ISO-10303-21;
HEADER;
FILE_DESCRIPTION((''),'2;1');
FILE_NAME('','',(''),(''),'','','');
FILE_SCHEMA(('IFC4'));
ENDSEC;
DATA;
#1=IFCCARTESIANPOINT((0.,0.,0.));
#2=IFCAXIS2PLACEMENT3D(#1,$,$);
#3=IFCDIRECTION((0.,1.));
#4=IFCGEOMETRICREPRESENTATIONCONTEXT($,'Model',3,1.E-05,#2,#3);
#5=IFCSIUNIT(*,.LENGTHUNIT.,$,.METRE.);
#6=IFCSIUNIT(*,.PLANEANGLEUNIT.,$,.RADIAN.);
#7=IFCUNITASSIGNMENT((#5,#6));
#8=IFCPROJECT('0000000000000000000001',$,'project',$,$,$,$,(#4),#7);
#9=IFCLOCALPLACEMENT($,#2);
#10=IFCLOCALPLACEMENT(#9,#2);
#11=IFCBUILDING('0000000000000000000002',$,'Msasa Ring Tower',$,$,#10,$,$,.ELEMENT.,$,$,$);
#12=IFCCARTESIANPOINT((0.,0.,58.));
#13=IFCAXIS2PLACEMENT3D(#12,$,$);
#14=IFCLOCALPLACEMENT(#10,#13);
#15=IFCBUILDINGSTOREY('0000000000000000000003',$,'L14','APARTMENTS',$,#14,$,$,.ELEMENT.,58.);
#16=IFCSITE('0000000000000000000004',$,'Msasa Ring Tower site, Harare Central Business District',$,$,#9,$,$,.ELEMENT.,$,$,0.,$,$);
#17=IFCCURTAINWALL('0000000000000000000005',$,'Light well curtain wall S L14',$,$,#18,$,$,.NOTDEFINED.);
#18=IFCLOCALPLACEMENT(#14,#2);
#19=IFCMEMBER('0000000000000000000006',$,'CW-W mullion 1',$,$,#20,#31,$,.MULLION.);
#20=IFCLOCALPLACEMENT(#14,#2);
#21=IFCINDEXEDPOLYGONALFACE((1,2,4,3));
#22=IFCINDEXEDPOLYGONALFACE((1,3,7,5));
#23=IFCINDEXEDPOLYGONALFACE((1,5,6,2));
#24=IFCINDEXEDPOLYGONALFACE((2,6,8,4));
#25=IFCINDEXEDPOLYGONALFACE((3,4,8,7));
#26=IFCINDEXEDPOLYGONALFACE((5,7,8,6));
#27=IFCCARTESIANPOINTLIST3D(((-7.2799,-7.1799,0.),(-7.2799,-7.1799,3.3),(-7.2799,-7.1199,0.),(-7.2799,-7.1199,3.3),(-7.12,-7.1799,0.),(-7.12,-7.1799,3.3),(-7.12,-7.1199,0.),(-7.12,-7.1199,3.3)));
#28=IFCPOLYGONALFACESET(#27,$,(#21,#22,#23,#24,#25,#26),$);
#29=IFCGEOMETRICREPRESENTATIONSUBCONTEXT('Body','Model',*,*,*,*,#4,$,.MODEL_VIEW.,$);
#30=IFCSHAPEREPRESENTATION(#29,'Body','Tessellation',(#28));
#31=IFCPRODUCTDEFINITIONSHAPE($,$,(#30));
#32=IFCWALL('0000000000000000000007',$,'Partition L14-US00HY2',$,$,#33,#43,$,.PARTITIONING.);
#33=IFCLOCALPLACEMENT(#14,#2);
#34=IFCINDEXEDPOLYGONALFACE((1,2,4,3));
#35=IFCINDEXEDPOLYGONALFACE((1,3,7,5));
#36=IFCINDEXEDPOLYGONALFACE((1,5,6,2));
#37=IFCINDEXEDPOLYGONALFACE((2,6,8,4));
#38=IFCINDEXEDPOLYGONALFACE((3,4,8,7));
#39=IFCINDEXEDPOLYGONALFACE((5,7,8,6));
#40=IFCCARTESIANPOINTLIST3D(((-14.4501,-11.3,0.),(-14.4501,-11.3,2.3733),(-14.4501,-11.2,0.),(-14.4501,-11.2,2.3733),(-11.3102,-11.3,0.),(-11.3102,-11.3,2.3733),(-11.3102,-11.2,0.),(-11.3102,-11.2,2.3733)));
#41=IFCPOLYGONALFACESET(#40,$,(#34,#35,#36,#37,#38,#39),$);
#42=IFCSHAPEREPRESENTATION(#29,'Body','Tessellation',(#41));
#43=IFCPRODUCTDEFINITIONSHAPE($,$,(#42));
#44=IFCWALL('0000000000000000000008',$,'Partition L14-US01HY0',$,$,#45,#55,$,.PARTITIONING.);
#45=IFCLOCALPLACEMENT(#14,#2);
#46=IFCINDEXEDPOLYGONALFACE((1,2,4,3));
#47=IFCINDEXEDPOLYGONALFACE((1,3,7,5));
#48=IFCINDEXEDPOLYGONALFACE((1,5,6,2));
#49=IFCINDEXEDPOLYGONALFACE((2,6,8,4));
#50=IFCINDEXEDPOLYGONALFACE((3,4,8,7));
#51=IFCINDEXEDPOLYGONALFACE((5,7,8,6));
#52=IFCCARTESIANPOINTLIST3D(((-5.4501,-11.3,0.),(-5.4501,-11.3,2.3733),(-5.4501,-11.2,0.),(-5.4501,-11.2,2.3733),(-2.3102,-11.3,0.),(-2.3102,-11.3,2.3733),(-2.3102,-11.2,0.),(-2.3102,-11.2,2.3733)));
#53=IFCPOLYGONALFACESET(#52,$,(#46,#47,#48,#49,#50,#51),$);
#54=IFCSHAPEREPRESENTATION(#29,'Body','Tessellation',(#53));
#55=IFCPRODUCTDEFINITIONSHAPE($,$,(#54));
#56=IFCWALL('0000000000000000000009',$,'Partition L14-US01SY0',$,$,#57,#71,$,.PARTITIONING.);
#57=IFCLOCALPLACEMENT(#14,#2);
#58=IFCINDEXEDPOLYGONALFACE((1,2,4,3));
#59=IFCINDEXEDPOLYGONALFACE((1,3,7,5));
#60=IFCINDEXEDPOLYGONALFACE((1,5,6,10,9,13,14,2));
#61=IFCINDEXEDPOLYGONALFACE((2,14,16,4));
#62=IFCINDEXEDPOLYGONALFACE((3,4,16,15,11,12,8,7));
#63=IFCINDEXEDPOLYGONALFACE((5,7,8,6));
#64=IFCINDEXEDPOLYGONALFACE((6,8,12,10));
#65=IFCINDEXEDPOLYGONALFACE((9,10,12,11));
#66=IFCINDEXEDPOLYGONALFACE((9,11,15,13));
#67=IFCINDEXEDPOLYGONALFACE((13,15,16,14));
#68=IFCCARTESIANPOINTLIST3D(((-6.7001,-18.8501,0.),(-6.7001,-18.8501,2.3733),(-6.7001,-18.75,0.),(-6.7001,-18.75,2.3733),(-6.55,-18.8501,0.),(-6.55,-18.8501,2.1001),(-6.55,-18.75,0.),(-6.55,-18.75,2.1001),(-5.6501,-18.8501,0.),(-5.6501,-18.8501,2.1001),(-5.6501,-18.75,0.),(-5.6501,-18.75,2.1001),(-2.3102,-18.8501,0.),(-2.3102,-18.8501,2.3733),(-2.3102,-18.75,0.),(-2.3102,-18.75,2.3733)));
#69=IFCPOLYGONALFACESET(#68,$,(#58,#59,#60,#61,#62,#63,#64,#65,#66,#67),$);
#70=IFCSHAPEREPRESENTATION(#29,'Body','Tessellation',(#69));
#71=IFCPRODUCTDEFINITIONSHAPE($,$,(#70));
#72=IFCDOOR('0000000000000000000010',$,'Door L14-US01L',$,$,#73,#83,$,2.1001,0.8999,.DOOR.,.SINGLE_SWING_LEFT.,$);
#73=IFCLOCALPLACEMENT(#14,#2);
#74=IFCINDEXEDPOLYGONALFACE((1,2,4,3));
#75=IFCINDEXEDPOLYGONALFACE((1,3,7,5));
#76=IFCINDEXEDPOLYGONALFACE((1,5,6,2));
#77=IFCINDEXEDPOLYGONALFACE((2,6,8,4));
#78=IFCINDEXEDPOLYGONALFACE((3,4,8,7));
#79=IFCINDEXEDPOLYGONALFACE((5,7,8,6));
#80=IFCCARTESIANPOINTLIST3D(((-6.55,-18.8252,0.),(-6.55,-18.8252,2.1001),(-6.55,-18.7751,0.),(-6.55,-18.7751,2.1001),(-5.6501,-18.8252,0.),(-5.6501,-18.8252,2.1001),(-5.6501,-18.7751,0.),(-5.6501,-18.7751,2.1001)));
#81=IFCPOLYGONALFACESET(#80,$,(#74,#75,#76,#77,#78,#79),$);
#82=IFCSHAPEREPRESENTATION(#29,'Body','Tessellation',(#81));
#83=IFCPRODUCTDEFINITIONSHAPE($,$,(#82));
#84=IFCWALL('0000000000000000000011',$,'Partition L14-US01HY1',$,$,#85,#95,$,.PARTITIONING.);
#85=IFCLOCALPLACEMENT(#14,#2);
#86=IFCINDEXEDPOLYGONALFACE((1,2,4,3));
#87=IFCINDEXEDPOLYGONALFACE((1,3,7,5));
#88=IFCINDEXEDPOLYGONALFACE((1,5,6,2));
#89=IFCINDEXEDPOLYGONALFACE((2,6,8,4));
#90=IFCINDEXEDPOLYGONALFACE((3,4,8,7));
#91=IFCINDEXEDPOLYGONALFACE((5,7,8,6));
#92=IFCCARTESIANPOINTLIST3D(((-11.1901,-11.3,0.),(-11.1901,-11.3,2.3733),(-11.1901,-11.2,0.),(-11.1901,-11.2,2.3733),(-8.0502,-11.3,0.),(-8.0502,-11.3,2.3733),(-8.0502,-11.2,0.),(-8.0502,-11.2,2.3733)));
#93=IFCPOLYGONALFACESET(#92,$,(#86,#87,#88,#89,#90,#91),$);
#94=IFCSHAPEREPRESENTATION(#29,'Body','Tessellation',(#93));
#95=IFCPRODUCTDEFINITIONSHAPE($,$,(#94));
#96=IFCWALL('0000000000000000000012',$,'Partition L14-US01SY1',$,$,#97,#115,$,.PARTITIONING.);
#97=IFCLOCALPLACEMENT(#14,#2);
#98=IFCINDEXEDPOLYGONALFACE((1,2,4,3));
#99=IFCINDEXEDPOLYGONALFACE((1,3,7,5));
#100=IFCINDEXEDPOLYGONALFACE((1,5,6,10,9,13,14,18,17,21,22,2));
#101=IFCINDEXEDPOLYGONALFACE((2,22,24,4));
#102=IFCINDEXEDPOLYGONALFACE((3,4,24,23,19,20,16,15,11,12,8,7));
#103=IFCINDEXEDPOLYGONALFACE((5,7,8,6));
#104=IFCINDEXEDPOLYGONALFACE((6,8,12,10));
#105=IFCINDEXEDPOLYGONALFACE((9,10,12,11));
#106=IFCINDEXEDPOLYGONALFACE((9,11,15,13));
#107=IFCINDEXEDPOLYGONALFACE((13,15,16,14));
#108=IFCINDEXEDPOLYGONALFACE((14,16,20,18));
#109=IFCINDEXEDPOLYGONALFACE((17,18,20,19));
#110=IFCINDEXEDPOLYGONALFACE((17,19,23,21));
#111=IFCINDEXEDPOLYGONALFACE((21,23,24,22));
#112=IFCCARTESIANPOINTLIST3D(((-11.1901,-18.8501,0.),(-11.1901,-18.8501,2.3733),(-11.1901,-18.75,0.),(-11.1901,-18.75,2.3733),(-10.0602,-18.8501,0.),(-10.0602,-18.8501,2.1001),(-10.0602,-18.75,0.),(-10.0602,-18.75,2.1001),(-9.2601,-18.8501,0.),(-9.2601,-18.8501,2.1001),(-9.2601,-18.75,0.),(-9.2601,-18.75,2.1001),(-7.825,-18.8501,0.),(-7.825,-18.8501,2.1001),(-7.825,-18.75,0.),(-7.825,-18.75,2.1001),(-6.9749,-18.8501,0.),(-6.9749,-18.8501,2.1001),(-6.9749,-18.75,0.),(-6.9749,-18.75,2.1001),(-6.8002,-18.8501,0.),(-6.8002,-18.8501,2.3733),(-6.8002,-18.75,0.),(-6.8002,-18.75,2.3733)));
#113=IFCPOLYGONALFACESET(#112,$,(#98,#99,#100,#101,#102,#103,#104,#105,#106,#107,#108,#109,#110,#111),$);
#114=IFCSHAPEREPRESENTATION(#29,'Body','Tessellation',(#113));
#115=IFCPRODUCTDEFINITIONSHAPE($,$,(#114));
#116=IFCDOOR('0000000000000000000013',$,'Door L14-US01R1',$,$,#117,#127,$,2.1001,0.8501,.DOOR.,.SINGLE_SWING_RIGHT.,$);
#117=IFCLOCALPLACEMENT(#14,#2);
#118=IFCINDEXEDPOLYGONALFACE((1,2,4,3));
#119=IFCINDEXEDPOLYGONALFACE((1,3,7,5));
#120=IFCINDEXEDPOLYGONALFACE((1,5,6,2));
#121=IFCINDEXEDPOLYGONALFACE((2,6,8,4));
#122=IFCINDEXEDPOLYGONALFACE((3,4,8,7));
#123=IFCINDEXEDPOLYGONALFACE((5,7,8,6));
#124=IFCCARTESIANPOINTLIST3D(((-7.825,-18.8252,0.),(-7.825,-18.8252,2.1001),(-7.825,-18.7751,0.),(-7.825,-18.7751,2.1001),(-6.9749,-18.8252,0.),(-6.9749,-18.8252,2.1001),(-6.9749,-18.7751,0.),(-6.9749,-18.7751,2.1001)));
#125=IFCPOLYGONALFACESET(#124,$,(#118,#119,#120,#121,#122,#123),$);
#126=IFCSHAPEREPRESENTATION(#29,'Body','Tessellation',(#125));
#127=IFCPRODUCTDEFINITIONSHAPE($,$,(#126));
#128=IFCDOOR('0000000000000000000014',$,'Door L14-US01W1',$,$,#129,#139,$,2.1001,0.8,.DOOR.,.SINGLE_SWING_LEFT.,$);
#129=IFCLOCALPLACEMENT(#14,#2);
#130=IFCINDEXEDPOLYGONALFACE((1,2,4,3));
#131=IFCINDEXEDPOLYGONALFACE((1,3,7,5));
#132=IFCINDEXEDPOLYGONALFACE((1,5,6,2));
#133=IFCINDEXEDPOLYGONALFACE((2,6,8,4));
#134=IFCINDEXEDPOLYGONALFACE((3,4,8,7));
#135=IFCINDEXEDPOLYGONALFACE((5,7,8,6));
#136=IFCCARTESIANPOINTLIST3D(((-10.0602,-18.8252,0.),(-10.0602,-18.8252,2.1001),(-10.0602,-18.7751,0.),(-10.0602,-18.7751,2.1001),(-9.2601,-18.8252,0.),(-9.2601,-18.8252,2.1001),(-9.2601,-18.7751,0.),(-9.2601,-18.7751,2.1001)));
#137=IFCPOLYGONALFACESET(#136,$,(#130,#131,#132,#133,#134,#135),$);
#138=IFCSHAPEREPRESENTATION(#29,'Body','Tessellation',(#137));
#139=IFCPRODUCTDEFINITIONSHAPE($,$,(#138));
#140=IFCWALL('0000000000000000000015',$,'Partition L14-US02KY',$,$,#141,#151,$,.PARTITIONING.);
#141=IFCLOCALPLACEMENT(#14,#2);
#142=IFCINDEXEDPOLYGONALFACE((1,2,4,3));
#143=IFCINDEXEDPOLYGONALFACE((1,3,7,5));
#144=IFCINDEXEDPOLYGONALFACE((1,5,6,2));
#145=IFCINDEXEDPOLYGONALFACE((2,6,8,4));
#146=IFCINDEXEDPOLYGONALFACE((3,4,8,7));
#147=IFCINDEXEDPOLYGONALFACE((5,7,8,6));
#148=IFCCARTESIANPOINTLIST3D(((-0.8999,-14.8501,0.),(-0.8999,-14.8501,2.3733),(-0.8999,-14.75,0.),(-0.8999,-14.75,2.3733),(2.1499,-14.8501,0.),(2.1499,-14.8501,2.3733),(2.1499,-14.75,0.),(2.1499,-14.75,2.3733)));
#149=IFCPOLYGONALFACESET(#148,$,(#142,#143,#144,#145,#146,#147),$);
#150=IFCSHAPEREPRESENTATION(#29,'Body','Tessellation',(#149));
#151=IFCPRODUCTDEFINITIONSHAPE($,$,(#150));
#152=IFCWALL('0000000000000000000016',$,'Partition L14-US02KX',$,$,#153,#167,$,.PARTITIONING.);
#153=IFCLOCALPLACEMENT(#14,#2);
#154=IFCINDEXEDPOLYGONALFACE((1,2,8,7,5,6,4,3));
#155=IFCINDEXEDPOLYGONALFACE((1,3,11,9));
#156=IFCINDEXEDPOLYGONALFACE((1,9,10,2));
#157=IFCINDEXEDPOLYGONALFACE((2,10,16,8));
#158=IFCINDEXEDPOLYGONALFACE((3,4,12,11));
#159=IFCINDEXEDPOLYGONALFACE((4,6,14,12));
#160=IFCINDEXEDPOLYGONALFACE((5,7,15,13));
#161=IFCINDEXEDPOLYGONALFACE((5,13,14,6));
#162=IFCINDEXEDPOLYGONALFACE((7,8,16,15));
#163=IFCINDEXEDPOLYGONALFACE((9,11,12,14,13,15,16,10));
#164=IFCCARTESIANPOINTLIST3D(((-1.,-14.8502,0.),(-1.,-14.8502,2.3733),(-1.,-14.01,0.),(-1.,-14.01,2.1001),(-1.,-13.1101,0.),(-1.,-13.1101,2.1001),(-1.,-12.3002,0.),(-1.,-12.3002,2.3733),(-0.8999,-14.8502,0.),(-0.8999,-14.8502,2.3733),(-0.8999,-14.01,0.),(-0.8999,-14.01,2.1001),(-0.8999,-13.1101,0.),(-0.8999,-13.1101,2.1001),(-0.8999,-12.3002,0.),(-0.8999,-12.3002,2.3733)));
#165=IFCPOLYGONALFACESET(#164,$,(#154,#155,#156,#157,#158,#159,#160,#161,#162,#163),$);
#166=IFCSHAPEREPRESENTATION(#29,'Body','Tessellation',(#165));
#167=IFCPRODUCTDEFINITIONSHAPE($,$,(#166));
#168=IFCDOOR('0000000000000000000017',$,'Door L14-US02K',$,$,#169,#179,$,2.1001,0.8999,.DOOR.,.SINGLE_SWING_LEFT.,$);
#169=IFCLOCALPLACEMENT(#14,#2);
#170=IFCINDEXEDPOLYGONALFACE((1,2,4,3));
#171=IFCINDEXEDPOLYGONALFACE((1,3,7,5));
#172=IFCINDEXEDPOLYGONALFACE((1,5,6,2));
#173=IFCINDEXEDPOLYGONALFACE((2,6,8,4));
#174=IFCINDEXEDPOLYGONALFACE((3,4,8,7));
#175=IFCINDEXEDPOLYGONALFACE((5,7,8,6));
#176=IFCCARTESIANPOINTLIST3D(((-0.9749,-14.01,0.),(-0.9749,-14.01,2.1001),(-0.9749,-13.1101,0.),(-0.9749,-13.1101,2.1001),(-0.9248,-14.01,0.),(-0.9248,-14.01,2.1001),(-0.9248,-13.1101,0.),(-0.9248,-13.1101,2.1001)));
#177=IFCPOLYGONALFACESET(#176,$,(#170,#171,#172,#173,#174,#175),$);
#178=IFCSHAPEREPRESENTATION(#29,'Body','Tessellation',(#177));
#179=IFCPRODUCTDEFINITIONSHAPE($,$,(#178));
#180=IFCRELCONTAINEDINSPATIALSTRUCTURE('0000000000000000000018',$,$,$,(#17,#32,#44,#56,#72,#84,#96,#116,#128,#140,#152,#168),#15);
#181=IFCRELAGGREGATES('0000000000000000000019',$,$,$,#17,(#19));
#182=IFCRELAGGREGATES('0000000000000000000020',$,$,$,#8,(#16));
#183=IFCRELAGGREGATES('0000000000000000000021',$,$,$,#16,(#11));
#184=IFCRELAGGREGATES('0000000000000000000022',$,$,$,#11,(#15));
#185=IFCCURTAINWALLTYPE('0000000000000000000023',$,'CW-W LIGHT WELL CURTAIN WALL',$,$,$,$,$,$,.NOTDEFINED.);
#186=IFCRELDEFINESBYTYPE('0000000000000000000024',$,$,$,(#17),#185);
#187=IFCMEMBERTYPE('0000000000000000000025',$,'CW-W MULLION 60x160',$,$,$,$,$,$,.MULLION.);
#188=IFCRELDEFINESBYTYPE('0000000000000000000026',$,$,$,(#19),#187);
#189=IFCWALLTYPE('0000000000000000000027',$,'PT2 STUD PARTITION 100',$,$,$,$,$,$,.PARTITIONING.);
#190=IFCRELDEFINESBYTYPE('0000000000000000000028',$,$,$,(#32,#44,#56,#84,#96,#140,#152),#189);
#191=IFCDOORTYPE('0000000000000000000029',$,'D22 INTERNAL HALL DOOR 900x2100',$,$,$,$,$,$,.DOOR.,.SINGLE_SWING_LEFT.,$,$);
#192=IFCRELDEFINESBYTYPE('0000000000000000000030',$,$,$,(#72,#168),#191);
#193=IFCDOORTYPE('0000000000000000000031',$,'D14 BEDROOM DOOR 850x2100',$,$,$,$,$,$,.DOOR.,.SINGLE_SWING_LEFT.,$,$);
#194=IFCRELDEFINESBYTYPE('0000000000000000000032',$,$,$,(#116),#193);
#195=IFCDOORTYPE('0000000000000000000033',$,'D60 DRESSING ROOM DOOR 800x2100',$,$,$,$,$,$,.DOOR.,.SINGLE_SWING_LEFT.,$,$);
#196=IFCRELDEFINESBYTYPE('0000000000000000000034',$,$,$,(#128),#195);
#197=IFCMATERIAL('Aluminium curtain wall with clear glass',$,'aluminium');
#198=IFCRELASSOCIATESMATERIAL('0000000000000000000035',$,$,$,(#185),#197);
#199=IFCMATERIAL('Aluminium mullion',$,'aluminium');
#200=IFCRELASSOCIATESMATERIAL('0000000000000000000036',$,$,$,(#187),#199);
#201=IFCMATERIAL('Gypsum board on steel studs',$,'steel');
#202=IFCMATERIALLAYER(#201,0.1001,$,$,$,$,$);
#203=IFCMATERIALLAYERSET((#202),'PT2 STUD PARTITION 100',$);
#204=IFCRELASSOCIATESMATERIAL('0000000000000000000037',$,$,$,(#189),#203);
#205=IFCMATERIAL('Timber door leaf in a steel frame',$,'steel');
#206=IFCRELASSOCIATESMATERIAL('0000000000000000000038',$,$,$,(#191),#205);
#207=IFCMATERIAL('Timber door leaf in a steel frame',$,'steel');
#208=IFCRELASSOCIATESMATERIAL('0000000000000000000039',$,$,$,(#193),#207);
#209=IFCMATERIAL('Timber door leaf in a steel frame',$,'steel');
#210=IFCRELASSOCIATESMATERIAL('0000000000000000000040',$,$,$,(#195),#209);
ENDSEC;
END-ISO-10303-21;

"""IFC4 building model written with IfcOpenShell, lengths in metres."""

from ifc_helpers import new_model, si_unit, direction, frame, frame_2d, origin, origin_2d, place, context, subcontext, project, spatial, rectangle, extrude, material, layer, layer_set, material_profile, profile_set, type_object, element, fill, aggregate, save


model = new_model("IFC4")

# Units and contexts
model_context = context("Model", 3, precision=1e-05, world=origin(), true_north=direction((0.0, 1.0)))
body_context = subcontext(model_context, "Body", "Model", "MODEL_VIEW")
ifc_project = project(units=[si_unit("LENGTHUNIT", "METRE"), si_unit("PLANEANGLEUNIT", "RADIAN")], contexts=[model_context])

# Site, building, storey
site_placement = place(None, origin())
site = spatial("IfcSite", under=ifc_project, at=site_placement, Name="Msasa Ring Tower site, Harare Central Business District", CompositionType="ELEMENT", RefElevation=0.0)
building_placement = place(site_placement, origin())
building = spatial("IfcBuilding", under=site, at=building_placement, Name="Msasa Ring Tower", CompositionType="ELEMENT")
storey_placement = place(building_placement, frame((0.0, 0.0, 58.0)))
storey = spatial("IfcBuildingStorey", under=building, at=storey_placement, Name="L14", Description="APARTMENTS", CompositionType="ELEMENT", Elevation=58.0)

# Curtain wall, member
ifc_material_1 = material(Name="Aluminium curtain wall with clear glass", Category="aluminium")
curtain_wall_type = type_object("IfcCurtainWallType", Name="CW-W LIGHT WELL CURTAIN WALL", PredefinedType="NOTDEFINED", material=ifc_material_1)
curtain_wall_placement = place(storey_placement, origin())
curtain_wall = element("IfcCurtainWall", 1, at=curtain_wall_placement, inside=storey, type_object=curtain_wall_type, Name="Light well curtain wall S L14", PredefinedType="NOTDEFINED")
ifc_material_2 = material(Name="Aluminium mullion", Category="aluminium")
ifc_material_profile = material_profile(ifc_material_2, rectangle(XDim=0.0601, YDim=0.1599, at=origin_2d()), Name="AL 60x160")
ifc_profile_set = profile_set([ifc_material_profile], Name="Aluminium mullion")
member_type = type_object("IfcMemberType", Name="CW-W MULLION 60x160", PredefinedType="MULLION", material=ifc_profile_set)
member_placement = place(storey_placement, frame((-7.2, -7.1499, 0.0), z_axis=(0.0, 0.0, 1.0), x_axis=(0.0, 1.0, 0.0)))
member = element("IfcMember", 2, at=member_placement, type_object=member_type, Name="CW-W mullion 1", PredefinedType="MULLION", context=body_context, shape_type="SweptSolid", body=[
    extrude(rectangle(XDim=0.0601, YDim=0.1599, at=origin_2d()), origin(), (0.0, 0.0, 1.0), 3.3),
])
aggregate(curtain_wall, [member])

# Walls
ifc_material_3 = material(Name="Gypsum board on steel studs", Category="steel")
ifc_layer_1 = layer(ifc_material_3, 0.1001)
ifc_layer_set_1 = layer_set([ifc_layer_1], Name="PT2 STUD PARTITION 100")
wall_type_1 = type_object("IfcWallType", Name="PT2 STUD PARTITION 100", PredefinedType="PARTITIONING", material=ifc_layer_set_1)
for number, where, z_axis, x_axis, name in (
    (3, (-14.45, -11.25, 0.0), (0.0, 0.0, 1.0), (1.0, 0.0, 0.0), "Partition L14-US00HY2"),
    (4, (-5.45, -11.25, 0.0), (0.0, 0.0, 1.0), (1.0, 0.0, 0.0), "Partition L14-US01HY0"),
):
    element("IfcWall", number, at=place(storey_placement, frame(where, z_axis=z_axis, x_axis=x_axis)), inside=storey, type_object=wall_type_1, Name=name, PredefinedType="PARTITIONING", context=body_context, shape_type="SweptSolid", body=[
        extrude(rectangle(XDim=3.1399, YDim=0.1001, at=frame_2d((1.5698, 0.0))), origin(), (0.0, 0.0, 1.0), 2.3733),
    ])

# Wall, opening, door
wall_1_placement = place(storey_placement, frame((-6.7, -18.8, 0.0), z_axis=(0.0, 0.0, 1.0), x_axis=(1.0, 0.0, 0.0)))
wall_1 = element("IfcWall", 5, at=wall_1_placement, inside=storey, type_object=wall_type_1, Name="Partition L14-US01SY0", PredefinedType="PARTITIONING", context=body_context, shape_type="SweptSolid", body=[
    extrude(rectangle(XDim=4.3899, YDim=0.1001, at=frame_2d((2.1948, 0.0))), origin(), (0.0, 0.0, 1.0), 2.3733),
])
opening_1_placement = place(wall_1_placement, frame((0.1499, 0.0, 0.0)))
opening_1 = element("IfcOpeningElement", 6, at=opening_1_placement, cuts=wall_1, PredefinedType="OPENING", context=body_context, shape_type="SweptSolid", body=[
    extrude(rectangle(XDim=0.8999, YDim=2.1001, at=frame_2d((0.45, 1.05))), frame((0.0, 0.0601, 0.0), z_axis=(0.0, -1.0, 0.0), x_axis=(1.0, 0.0, 0.0)), (0.0, 0.0, 1.0), 0.1201),
])
ifc_material_4 = material(Name="Timber door leaf in a steel frame", Category="steel")
door_type_1 = type_object("IfcDoorType", Name="D22 INTERNAL HALL DOOR 900x2100", OperationType="SINGLE_SWING_LEFT", PredefinedType="DOOR", material=ifc_material_4)
door_1_placement = place(opening_1_placement, origin())
door_1 = element("IfcDoor", 7, at=door_1_placement, inside=storey, type_object=door_type_1, Name="Door L14-US01L", OperationType="SINGLE_SWING_LEFT", OverallHeight=2.1001, OverallWidth=0.8999, PredefinedType="DOOR", context=body_context, shape_type="SweptSolid", body=[
    extrude(rectangle(XDim=0.8999, YDim=2.1001, at=frame_2d((0.45, 1.05))), frame((0.0, 0.0249, 0.0), z_axis=(0.0, -1.0, 0.0), x_axis=(1.0, 0.0, 0.0)), (0.0, 0.0, 1.0), 0.05),
])
fill(opening_1, door_1)

# Wall
wall_2_placement = place(storey_placement, frame((-11.1899, -11.25, 0.0), z_axis=(0.0, 0.0, 1.0), x_axis=(1.0, 0.0, 0.0)))
element("IfcWall", 8, at=wall_2_placement, inside=storey, type_object=wall_type_1, Name="Partition L14-US01HY1", PredefinedType="PARTITIONING", context=body_context, shape_type="SweptSolid", body=[
    extrude(rectangle(XDim=3.1399, YDim=0.1001, at=frame_2d((1.5698, 0.0))), origin(), (0.0, 0.0, 1.0), 2.3733),
])

# Wall, openings, doors
wall_3_placement = place(storey_placement, frame((-11.1899, -18.8, 0.0), z_axis=(0.0, 0.0, 1.0), x_axis=(1.0, 0.0, 0.0)))
wall_3 = element("IfcWall", 9, at=wall_3_placement, inside=storey, type_object=wall_type_1, Name="Partition L14-US01SY1", PredefinedType="PARTITIONING", context=body_context, shape_type="SweptSolid", body=[
    extrude(rectangle(XDim=4.3899, YDim=0.1001, at=frame_2d((2.1948, 0.0))), origin(), (0.0, 0.0, 1.0), 2.3733),
])
opening_2_placement = place(wall_3_placement, frame((3.365, 0.0, 0.0)))
opening_2 = element("IfcOpeningElement", 10, at=opening_2_placement, cuts=wall_3, PredefinedType="OPENING", context=body_context, shape_type="SweptSolid", body=[
    extrude(rectangle(XDim=0.8501, YDim=2.1001, at=frame_2d((0.425, 1.05))), frame((0.0, 0.0601, 0.0), z_axis=(0.0, -1.0, 0.0), x_axis=(1.0, 0.0, 0.0)), (0.0, 0.0, 1.0), 0.1201),
])
opening_3_placement = place(wall_3_placement, frame((1.1299, 0.0, 0.0)))
opening_3 = element("IfcOpeningElement", 11, at=opening_3_placement, cuts=wall_3, PredefinedType="OPENING", context=body_context, shape_type="SweptSolid", body=[
    extrude(rectangle(XDim=0.8, YDim=2.1001, at=frame_2d((0.3999, 1.05))), frame((0.0, 0.0601, 0.0), z_axis=(0.0, -1.0, 0.0), x_axis=(1.0, 0.0, 0.0)), (0.0, 0.0, 1.0), 0.1201),
])
ifc_material_5 = material(Name="Timber door leaf in a steel frame", Category="steel")
door_type_2 = type_object("IfcDoorType", Name="D14 BEDROOM DOOR 850x2100", OperationType="SINGLE_SWING_LEFT", PredefinedType="DOOR", material=ifc_material_5)
door_2_placement = place(opening_2_placement, origin())
door_2 = element("IfcDoor", 12, at=door_2_placement, inside=storey, type_object=door_type_2, Name="Door L14-US01R1", OperationType="SINGLE_SWING_RIGHT", OverallHeight=2.1001, OverallWidth=0.8501, PredefinedType="DOOR", context=body_context, shape_type="SweptSolid", body=[
    extrude(rectangle(XDim=0.8501, YDim=2.1001, at=frame_2d((0.425, 1.05))), frame((0.0, 0.0249, 0.0), z_axis=(0.0, -1.0, 0.0), x_axis=(1.0, 0.0, 0.0)), (0.0, 0.0, 1.0), 0.05),
])
fill(opening_2, door_2)
ifc_material_6 = material(Name="Timber door leaf in a steel frame", Category="steel")
door_type_3 = type_object("IfcDoorType", Name="D60 DRESSING ROOM DOOR 800x2100", OperationType="SINGLE_SWING_LEFT", PredefinedType="DOOR", material=ifc_material_6)
door_3_placement = place(opening_3_placement, origin())
door_3 = element("IfcDoor", 13, at=door_3_placement, inside=storey, type_object=door_type_3, Name="Door L14-US01W1", OperationType="SINGLE_SWING_LEFT", OverallHeight=2.1001, OverallWidth=0.8, PredefinedType="DOOR", context=body_context, shape_type="SweptSolid", body=[
    extrude(rectangle(XDim=0.8, YDim=2.1001, at=frame_2d((0.3999, 1.05))), frame((0.0, 0.0249, 0.0), z_axis=(0.0, -1.0, 0.0), x_axis=(1.0, 0.0, 0.0)), (0.0, 0.0, 1.0), 0.05),
])
fill(opening_3, door_3)

# Wall
wall_4_placement = place(storey_placement, frame((-0.8999, -14.8, 0.0), z_axis=(0.0, 0.0, 1.0), x_axis=(1.0, 0.0, 0.0)))
element("IfcWall", 14, at=wall_4_placement, inside=storey, type_object=wall_type_1, Name="Partition L14-US02KY", PredefinedType="PARTITIONING", context=body_context, shape_type="SweptSolid", body=[
    extrude(rectangle(XDim=3.0498, YDim=0.1001, at=frame_2d((1.5249, 0.0))), origin(), (0.0, 0.0, 1.0), 2.3733),
])

# Wall, opening, door
wall_5_placement = place(storey_placement, frame((-0.95, -14.8501, 0.0), z_axis=(0.0, 0.0, 1.0), x_axis=(0.0, 1.0, 0.0)))
wall_5 = element("IfcWall", 15, at=wall_5_placement, inside=storey, type_object=wall_type_1, Name="Partition L14-US02KX", PredefinedType="PARTITIONING", context=body_context, shape_type="SweptSolid", body=[
    extrude(rectangle(XDim=2.55, YDim=0.1001, at=frame_2d((1.2749, 0.0))), origin(), (0.0, 0.0, 1.0), 2.3733),
])
opening_4_placement = place(wall_5_placement, frame((0.8401, 0.0, 0.0)))
opening_4 = element("IfcOpeningElement", 16, at=opening_4_placement, cuts=wall_5, PredefinedType="OPENING", context=body_context, shape_type="SweptSolid", body=[
    extrude(rectangle(XDim=0.8999, YDim=2.1001, at=frame_2d((0.45, 1.05))), frame((0.0, 0.0601, 0.0), z_axis=(0.0, -1.0, 0.0), x_axis=(1.0, 0.0, 0.0)), (0.0, 0.0, 1.0), 0.1201),
])
door_4_placement = place(opening_4_placement, origin())
door_4 = element("IfcDoor", 17, at=door_4_placement, inside=storey, type_object=door_type_1, Name="Door L14-US02K", OperationType="SINGLE_SWING_LEFT", OverallHeight=2.1001, OverallWidth=0.8999, PredefinedType="DOOR", context=body_context, shape_type="SweptSolid", body=[
    extrude(rectangle(XDim=0.8999, YDim=2.1001, at=frame_2d((0.45, 1.05))), frame((0.0, 0.0249, 0.0), z_axis=(0.0, -1.0, 0.0), x_axis=(1.0, 0.0, 0.0)), (0.0, 0.0, 1.0), 0.05),
])
fill(opening_4, door_4)

save(model, "model.ifc")
